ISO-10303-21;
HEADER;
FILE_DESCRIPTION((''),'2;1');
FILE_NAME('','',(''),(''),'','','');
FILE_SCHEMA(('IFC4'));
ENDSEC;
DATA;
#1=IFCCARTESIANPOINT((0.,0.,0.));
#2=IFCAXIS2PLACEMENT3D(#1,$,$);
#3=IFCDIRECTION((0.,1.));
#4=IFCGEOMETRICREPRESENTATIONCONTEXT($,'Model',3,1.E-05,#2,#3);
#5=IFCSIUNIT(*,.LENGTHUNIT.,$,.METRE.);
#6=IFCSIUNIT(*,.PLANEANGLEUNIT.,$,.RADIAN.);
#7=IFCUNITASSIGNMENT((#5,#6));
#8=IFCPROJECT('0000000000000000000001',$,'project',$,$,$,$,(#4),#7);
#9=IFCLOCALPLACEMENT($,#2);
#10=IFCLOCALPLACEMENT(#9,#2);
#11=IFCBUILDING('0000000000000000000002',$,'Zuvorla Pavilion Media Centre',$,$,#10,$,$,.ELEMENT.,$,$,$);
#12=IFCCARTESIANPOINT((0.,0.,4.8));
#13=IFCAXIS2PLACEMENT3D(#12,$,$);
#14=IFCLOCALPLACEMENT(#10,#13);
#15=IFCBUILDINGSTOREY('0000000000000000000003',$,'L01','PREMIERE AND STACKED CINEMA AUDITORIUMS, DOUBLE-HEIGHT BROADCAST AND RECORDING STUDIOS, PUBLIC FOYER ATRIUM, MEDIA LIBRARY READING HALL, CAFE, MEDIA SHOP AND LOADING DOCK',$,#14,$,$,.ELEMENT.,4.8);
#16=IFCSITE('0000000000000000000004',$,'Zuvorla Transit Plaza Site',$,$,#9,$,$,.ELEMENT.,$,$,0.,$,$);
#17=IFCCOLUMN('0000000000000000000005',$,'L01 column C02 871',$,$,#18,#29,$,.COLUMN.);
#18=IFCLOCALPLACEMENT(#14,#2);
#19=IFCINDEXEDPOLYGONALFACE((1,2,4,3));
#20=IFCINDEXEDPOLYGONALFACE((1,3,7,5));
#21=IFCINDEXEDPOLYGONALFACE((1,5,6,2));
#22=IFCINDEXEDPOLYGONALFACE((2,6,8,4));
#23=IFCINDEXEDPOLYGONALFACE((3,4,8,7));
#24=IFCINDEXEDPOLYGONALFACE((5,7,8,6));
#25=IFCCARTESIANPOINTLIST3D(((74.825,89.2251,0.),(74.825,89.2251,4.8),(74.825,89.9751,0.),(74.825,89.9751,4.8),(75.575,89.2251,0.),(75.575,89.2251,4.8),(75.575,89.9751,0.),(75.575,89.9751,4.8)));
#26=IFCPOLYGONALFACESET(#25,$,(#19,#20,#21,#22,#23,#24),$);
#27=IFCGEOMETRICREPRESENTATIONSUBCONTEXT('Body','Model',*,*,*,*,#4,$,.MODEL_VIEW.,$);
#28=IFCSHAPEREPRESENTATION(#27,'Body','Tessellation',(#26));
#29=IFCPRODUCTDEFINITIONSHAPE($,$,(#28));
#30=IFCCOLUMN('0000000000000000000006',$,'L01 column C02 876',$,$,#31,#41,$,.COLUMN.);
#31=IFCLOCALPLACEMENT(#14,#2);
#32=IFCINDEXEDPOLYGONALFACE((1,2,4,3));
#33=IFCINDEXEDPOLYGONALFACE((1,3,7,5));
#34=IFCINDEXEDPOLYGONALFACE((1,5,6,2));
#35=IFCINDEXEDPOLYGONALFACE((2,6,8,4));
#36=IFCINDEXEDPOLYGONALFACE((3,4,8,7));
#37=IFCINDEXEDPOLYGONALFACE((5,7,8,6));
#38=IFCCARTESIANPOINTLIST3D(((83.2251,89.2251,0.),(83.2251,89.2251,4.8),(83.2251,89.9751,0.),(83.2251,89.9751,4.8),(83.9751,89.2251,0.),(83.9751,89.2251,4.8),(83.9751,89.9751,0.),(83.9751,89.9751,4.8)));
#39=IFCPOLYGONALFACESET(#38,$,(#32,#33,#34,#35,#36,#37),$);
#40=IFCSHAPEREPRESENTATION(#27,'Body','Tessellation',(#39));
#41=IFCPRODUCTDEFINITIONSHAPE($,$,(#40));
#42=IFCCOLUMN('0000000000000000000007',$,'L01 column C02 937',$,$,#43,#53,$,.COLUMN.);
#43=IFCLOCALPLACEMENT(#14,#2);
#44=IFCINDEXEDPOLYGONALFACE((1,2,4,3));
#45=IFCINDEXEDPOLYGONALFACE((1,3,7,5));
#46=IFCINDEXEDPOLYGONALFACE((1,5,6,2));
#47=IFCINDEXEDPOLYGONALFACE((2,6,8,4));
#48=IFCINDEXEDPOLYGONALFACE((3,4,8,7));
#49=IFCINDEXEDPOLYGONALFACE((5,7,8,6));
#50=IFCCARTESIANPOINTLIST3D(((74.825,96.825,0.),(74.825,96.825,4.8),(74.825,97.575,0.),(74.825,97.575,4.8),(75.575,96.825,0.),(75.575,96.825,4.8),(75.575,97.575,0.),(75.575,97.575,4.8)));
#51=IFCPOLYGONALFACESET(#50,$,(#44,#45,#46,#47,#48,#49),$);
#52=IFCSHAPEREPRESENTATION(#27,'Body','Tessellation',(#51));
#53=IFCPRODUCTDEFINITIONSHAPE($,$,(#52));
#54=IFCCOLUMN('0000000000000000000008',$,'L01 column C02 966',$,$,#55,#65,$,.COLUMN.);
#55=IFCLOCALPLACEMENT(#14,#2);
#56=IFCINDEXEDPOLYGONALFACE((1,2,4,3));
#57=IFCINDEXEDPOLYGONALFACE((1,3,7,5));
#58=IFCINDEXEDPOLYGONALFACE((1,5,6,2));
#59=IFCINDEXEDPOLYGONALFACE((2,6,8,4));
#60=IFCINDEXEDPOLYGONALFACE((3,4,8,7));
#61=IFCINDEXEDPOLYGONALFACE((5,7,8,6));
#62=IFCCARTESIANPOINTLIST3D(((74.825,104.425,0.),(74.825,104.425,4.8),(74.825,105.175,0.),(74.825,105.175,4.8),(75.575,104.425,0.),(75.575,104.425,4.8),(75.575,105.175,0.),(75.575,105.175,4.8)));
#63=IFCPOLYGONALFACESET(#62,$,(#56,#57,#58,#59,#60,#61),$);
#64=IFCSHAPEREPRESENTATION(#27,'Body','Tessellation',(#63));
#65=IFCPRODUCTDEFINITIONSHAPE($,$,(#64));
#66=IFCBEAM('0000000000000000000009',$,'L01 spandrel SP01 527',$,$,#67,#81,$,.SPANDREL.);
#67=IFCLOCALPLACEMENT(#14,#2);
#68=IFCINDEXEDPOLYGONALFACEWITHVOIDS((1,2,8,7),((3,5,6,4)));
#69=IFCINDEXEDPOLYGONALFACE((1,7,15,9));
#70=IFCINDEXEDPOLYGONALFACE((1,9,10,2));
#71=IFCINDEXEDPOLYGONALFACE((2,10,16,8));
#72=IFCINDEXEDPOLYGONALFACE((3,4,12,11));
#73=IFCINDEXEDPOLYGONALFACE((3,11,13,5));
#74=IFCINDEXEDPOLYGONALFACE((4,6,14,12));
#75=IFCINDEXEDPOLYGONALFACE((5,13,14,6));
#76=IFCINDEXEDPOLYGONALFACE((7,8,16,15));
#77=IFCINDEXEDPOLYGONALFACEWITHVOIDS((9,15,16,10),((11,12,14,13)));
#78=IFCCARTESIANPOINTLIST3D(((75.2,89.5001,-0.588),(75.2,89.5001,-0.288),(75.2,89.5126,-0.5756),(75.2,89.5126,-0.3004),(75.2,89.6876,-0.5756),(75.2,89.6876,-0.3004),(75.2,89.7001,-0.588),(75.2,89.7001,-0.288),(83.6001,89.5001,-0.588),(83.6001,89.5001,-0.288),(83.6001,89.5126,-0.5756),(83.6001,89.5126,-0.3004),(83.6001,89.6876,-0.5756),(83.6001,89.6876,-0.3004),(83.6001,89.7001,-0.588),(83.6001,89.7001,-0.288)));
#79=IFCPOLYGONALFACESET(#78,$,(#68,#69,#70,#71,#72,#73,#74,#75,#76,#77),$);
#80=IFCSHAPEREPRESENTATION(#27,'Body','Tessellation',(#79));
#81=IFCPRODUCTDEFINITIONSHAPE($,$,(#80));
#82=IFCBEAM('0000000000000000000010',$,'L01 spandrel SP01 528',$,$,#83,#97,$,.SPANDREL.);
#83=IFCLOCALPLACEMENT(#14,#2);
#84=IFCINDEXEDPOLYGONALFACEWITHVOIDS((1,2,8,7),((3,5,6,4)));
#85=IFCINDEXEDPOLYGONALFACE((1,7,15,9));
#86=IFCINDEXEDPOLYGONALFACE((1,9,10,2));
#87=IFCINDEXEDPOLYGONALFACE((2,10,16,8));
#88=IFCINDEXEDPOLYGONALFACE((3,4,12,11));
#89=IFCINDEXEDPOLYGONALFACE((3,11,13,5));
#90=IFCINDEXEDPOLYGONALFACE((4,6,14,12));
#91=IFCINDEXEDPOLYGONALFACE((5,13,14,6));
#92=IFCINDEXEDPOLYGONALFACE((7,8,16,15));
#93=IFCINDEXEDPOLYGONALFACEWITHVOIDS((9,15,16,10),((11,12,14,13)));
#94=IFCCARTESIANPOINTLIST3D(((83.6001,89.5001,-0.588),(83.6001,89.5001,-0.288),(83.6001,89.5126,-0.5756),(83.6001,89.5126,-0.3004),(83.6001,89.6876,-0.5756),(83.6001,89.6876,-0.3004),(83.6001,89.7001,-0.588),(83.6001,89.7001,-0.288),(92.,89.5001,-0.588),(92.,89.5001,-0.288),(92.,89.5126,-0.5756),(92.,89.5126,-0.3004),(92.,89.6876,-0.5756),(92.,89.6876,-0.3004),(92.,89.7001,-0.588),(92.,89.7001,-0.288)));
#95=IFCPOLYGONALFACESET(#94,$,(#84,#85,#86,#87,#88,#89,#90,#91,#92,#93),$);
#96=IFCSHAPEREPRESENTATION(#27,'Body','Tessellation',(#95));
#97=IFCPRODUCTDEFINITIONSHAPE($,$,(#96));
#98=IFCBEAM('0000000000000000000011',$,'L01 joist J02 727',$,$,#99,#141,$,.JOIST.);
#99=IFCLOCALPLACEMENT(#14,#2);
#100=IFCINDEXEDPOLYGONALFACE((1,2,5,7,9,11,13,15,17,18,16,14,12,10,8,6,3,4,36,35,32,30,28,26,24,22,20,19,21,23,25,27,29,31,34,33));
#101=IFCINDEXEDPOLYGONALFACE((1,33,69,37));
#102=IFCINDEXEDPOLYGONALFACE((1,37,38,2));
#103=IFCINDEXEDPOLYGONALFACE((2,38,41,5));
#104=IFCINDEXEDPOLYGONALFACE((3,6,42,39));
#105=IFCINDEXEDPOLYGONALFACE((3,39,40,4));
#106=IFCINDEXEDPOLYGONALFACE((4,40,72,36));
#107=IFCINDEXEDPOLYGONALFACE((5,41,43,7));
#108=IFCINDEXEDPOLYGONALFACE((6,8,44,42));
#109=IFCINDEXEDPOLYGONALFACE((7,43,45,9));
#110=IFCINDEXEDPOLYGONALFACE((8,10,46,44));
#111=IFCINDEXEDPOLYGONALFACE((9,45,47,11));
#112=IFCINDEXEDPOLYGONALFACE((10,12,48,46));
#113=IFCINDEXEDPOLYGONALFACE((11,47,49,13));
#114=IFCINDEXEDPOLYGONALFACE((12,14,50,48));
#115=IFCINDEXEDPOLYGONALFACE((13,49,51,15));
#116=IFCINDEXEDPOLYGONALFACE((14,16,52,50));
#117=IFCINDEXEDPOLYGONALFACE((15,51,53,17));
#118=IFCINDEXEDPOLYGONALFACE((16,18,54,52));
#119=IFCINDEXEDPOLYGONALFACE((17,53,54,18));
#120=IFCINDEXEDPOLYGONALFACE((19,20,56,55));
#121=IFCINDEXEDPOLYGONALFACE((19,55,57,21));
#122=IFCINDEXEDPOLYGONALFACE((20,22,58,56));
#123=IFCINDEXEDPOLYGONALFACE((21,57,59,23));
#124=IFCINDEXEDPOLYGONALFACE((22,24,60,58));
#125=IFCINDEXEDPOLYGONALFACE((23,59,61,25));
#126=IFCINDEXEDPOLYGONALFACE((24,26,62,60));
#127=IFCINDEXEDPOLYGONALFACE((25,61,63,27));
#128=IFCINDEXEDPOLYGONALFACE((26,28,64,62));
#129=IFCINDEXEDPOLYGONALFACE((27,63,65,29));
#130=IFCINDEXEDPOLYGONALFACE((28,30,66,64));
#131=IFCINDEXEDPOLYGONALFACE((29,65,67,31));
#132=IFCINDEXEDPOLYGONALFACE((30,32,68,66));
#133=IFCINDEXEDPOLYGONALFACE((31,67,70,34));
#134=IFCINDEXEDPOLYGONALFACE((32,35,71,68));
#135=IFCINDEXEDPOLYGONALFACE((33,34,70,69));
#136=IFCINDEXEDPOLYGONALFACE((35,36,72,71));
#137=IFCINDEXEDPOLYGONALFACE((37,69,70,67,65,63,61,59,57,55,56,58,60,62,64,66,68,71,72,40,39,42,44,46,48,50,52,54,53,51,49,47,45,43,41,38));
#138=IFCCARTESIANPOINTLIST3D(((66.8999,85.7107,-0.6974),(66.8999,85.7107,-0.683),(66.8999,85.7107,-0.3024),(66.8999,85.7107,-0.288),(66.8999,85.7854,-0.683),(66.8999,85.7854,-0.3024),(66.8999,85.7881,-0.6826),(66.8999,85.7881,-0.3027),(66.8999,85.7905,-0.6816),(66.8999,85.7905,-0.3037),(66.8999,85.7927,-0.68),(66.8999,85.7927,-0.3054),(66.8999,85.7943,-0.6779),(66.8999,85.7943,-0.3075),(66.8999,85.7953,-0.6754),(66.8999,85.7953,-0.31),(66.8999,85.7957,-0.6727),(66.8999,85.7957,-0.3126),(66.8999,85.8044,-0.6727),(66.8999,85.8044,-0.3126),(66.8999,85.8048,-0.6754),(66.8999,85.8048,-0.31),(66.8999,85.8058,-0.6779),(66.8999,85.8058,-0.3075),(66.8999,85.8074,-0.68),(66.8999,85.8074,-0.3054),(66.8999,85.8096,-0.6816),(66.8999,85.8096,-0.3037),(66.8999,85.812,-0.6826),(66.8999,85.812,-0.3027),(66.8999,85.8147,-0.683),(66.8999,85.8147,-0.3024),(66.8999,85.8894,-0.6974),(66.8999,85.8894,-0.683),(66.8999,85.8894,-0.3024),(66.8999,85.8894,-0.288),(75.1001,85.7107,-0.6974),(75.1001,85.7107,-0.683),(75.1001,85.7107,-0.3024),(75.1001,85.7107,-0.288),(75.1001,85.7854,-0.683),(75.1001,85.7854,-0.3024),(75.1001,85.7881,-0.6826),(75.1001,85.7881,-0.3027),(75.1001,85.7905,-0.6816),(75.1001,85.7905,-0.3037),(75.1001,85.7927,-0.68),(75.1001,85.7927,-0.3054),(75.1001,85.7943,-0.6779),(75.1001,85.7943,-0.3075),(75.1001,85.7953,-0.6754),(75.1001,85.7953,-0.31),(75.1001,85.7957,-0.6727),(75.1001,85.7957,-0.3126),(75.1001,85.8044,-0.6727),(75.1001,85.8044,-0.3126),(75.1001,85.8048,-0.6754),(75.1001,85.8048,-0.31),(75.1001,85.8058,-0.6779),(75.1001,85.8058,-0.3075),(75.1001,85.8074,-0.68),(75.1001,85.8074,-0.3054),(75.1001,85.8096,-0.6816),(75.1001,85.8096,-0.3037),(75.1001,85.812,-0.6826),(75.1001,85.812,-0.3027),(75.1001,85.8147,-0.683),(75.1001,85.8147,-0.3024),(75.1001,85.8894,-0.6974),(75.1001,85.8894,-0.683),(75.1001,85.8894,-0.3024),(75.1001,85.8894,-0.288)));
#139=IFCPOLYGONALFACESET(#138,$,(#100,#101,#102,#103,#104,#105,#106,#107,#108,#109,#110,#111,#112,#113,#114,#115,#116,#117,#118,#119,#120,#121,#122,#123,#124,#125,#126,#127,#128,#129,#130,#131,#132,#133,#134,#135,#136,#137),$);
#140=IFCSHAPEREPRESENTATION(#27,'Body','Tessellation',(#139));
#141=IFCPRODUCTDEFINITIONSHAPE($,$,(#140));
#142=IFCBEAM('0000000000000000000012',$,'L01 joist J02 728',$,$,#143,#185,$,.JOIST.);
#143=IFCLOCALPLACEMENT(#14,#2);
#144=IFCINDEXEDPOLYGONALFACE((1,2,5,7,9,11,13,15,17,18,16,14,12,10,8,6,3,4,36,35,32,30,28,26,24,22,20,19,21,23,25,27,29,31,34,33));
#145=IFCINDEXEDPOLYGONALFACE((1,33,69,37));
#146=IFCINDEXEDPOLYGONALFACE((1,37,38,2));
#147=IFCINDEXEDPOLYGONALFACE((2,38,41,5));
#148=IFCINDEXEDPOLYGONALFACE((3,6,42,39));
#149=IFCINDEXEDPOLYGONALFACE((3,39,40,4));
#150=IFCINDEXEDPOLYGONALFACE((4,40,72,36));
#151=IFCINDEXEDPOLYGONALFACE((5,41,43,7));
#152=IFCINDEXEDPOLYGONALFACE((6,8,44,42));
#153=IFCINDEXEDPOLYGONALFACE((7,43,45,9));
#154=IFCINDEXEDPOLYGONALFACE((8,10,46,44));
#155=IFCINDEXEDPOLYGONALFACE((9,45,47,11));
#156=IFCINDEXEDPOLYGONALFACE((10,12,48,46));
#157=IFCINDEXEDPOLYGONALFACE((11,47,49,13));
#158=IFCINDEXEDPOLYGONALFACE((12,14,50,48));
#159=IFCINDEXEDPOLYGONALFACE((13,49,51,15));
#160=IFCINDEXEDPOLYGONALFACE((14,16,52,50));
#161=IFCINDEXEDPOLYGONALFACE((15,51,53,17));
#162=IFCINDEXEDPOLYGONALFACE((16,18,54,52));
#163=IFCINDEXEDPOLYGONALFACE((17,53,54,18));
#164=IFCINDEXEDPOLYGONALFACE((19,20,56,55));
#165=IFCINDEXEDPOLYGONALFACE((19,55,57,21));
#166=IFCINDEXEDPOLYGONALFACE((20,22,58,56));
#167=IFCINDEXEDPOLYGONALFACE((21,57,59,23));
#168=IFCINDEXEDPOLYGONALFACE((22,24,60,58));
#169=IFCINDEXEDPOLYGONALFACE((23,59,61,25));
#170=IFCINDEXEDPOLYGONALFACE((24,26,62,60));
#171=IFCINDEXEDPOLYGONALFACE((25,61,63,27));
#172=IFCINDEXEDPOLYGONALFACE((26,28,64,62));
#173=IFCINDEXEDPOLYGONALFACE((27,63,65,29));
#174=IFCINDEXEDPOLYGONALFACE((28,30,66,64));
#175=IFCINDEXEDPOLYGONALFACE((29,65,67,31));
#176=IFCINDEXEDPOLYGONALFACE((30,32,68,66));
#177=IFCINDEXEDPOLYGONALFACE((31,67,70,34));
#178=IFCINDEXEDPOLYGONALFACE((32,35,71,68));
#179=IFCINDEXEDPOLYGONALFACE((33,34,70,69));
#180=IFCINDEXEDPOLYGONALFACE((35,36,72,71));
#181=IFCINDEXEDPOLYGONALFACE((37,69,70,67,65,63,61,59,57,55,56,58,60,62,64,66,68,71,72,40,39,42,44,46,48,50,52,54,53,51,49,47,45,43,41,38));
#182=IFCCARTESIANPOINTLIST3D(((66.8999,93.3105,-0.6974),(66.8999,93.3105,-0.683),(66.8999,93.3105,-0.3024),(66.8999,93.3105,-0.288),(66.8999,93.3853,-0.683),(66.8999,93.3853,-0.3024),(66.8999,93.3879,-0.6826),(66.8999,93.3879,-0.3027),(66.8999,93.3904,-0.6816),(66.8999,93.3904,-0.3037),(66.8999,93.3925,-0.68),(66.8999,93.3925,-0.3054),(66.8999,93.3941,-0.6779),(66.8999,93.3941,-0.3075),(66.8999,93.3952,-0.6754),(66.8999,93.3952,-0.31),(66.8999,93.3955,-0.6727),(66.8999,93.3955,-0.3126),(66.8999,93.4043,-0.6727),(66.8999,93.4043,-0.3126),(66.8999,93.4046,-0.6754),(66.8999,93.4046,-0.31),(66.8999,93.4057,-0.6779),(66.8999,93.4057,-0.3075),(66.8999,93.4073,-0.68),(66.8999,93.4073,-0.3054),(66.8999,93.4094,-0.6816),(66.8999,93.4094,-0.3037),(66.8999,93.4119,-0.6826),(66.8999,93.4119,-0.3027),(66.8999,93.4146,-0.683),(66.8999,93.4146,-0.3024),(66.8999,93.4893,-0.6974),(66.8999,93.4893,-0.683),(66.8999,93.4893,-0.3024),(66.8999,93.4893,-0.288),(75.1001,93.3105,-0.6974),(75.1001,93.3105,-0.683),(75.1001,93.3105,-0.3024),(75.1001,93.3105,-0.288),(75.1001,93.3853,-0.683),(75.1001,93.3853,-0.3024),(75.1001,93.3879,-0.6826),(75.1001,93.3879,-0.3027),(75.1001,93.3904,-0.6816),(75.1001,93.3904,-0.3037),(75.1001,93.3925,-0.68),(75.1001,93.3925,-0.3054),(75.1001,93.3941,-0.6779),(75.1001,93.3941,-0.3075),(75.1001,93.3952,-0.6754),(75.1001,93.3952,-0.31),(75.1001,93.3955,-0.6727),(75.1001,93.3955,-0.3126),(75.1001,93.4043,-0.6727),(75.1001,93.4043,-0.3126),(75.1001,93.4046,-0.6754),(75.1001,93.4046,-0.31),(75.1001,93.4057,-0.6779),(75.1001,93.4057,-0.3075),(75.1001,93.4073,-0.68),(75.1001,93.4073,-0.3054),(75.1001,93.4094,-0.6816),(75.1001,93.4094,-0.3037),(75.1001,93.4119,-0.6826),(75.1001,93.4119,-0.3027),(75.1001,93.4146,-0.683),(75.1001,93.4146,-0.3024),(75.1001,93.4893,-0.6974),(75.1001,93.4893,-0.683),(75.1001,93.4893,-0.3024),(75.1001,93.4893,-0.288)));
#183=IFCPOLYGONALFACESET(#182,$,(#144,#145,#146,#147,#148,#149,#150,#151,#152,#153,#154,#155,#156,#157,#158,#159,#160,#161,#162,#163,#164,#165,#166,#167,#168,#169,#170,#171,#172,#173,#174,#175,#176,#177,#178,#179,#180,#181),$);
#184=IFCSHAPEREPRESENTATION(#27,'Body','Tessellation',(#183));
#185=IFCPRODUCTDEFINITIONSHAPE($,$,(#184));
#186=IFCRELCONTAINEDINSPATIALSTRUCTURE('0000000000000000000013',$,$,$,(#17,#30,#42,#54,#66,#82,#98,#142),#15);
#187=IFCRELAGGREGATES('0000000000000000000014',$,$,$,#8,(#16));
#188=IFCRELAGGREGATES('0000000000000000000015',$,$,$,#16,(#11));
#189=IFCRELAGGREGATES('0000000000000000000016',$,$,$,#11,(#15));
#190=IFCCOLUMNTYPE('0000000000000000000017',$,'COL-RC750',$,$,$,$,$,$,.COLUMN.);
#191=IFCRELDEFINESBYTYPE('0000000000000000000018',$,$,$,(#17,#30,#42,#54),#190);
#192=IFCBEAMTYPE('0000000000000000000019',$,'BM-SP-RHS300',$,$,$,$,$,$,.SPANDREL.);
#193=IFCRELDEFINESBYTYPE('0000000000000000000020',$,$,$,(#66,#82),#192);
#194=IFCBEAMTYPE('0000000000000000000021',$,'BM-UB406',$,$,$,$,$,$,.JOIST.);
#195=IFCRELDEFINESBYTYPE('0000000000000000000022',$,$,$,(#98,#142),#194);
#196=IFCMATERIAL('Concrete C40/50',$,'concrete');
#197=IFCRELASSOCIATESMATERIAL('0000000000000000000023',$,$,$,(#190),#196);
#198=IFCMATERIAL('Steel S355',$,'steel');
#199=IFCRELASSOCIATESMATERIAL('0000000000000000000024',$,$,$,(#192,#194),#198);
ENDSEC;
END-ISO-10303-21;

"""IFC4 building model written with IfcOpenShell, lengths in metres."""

from ifc_helpers import new_model, si_unit, direction, frame, origin, origin_2d, place, context, subcontext, project, spatial, rectangle, hollow_rectangle, i_section, extrude, material, material_profile, profile_set, type_object, element, save


model = new_model("IFC4")

# Units and contexts
model_context = context("Model", 3, precision=1e-05, world=origin(), true_north=direction((0.0, 1.0)))
body_context = subcontext(model_context, "Body", "Model", "MODEL_VIEW")
ifc_project = project(units=[si_unit("LENGTHUNIT", "METRE"), si_unit("PLANEANGLEUNIT", "RADIAN")], contexts=[model_context])

# Site, building, storey
site_placement = place(None, origin())
site = spatial("IfcSite", under=ifc_project, at=site_placement, Name="Zuvorla Transit Plaza Site", CompositionType="ELEMENT", RefElevation=0.0)
building_placement = place(site_placement, origin())
building = spatial("IfcBuilding", under=site, at=building_placement, Name="Zuvorla Pavilion Media Centre", CompositionType="ELEMENT")
storey_placement = place(building_placement, frame((0.0, 0.0, 4.8)))
storey = spatial("IfcBuildingStorey", under=building, at=storey_placement, Name="L01", Description="PREMIERE AND STACKED CINEMA AUDITORIUMS, DOUBLE-HEIGHT BROADCAST AND RECORDING STUDIOS, PUBLIC FOYER ATRIUM, MEDIA LIBRARY READING HALL, CAFE, MEDIA SHOP AND LOADING DOCK", CompositionType="ELEMENT", Elevation=4.8)

# Columns
ifc_material_1 = material(Name="Concrete C40/50", Category="concrete")
ifc_material_profile_1 = material_profile(ifc_material_1, rectangle(XDim=0.75, YDim=0.75, at=origin_2d()), Name="RC 750x750")
ifc_profile_set_1 = profile_set([ifc_material_profile_1], Name="Concrete C40/50")
column_type = type_object("IfcColumnType", Name="COL-RC750", PredefinedType="COLUMN", material=ifc_profile_set_1)
for number, where, z_axis, x_axis, name in (
    (1, (75.2, 89.6001, 0.0), (0.0, 0.0, 1.0), (1.0, 0.0, 0.0), "L01 column C02 871"),
    (2, (83.6001, 89.6001, 0.0), (0.0, 0.0, 1.0), (1.0, 0.0, 0.0), "L01 column C02 876"),
    (3, (75.2, 97.2, 0.0), (0.0, 0.0, 1.0), (1.0, 0.0, 0.0), "L01 column C02 937"),
    (4, (75.2, 104.8, 0.0), (0.0, 0.0, 1.0), (1.0, 0.0, 0.0), "L01 column C02 966"),
):
    element("IfcColumn", number, at=place(storey_placement, frame(where, z_axis=z_axis, x_axis=x_axis)), inside=storey, type_object=column_type, Name=name, PredefinedType="COLUMN", context=body_context, shape_type="SweptSolid", body=[
        extrude(rectangle(XDim=0.75, YDim=0.75, at=origin_2d()), origin(), (0.0, 0.0, 1.0), 4.8),
    ])

# Beams
ifc_material_2 = material(Name="Steel S355", Category="steel")
ifc_material_profile_2 = material_profile(ifc_material_2, hollow_rectangle(XDim=0.2, YDim=0.3, WallThickness=0.0125, at=origin_2d()), Name="RHS 300x200x12.5")
ifc_profile_set_2 = profile_set([ifc_material_profile_2], Name="Steel S355")
beam_type_1 = type_object("IfcBeamType", Name="BM-SP-RHS300", PredefinedType="SPANDREL", material=ifc_profile_set_2)
beam_1_placement = place(storey_placement, frame((75.2, 89.6001, -0.438), z_axis=(1.0, 0.0, 0.0), x_axis=(0.0, 1.0, 0.0)))
element("IfcBeam", 5, at=beam_1_placement, inside=storey, type_object=beam_type_1, Name="L01 spandrel SP01 527", PredefinedType="SPANDREL", context=body_context, shape_type="SweptSolid", body=[
    extrude(hollow_rectangle(XDim=0.2, YDim=0.3, WallThickness=0.0125, at=origin_2d()), origin(), (0.0, 0.0, 1.0), 8.4001),
])
beam_2_placement = place(storey_placement, frame((83.6001, 89.6001, -0.438), z_axis=(1.0, 0.0, 0.0), x_axis=(0.0, 1.0, 0.0)))
element("IfcBeam", 6, at=beam_2_placement, inside=storey, type_object=beam_type_1, Name="L01 spandrel SP01 528", PredefinedType="SPANDREL", context=body_context, shape_type="SweptSolid", body=[
    extrude(hollow_rectangle(XDim=0.2, YDim=0.3, WallThickness=0.0125, at=origin_2d()), origin(), (0.0, 0.0, 1.0), 8.3999),
])
ifc_material_profile_3 = material_profile(ifc_material_2, i_section(OverallWidth=0.1787, OverallDepth=0.4094, WebThickness=0.0088, FlangeThickness=0.0144, FilletRadius=0.0103, at=origin_2d()), Name="UB 406x178x67")
ifc_profile_set_3 = profile_set([ifc_material_profile_3], Name="Steel S355")
beam_type_2 = type_object("IfcBeamType", Name="BM-UB406", PredefinedType="JOIST", material=ifc_profile_set_3)
for number, where, z_axis, x_axis, name in (
    (7, (66.8999, 85.8, -0.4927), (1.0, 0.0, 0.0), (0.0, 1.0, 0.0), "L01 joist J02 727"),
    (8, (66.8999, 93.3999, -0.4927), (1.0, 0.0, 0.0), (0.0, 1.0, 0.0), "L01 joist J02 728"),
):
    element("IfcBeam", number, at=place(storey_placement, frame(where, z_axis=z_axis, x_axis=x_axis)), inside=storey, type_object=beam_type_2, Name=name, PredefinedType="JOIST", context=body_context, shape_type="SweptSolid", body=[
        extrude(i_section(OverallWidth=0.1787, OverallDepth=0.4094, WebThickness=0.0088, FlangeThickness=0.0144, FilletRadius=0.0103, at=origin_2d()), origin(), (0.0, 0.0, 1.0), 8.2002),
    ])

save(model, "model.ifc")
